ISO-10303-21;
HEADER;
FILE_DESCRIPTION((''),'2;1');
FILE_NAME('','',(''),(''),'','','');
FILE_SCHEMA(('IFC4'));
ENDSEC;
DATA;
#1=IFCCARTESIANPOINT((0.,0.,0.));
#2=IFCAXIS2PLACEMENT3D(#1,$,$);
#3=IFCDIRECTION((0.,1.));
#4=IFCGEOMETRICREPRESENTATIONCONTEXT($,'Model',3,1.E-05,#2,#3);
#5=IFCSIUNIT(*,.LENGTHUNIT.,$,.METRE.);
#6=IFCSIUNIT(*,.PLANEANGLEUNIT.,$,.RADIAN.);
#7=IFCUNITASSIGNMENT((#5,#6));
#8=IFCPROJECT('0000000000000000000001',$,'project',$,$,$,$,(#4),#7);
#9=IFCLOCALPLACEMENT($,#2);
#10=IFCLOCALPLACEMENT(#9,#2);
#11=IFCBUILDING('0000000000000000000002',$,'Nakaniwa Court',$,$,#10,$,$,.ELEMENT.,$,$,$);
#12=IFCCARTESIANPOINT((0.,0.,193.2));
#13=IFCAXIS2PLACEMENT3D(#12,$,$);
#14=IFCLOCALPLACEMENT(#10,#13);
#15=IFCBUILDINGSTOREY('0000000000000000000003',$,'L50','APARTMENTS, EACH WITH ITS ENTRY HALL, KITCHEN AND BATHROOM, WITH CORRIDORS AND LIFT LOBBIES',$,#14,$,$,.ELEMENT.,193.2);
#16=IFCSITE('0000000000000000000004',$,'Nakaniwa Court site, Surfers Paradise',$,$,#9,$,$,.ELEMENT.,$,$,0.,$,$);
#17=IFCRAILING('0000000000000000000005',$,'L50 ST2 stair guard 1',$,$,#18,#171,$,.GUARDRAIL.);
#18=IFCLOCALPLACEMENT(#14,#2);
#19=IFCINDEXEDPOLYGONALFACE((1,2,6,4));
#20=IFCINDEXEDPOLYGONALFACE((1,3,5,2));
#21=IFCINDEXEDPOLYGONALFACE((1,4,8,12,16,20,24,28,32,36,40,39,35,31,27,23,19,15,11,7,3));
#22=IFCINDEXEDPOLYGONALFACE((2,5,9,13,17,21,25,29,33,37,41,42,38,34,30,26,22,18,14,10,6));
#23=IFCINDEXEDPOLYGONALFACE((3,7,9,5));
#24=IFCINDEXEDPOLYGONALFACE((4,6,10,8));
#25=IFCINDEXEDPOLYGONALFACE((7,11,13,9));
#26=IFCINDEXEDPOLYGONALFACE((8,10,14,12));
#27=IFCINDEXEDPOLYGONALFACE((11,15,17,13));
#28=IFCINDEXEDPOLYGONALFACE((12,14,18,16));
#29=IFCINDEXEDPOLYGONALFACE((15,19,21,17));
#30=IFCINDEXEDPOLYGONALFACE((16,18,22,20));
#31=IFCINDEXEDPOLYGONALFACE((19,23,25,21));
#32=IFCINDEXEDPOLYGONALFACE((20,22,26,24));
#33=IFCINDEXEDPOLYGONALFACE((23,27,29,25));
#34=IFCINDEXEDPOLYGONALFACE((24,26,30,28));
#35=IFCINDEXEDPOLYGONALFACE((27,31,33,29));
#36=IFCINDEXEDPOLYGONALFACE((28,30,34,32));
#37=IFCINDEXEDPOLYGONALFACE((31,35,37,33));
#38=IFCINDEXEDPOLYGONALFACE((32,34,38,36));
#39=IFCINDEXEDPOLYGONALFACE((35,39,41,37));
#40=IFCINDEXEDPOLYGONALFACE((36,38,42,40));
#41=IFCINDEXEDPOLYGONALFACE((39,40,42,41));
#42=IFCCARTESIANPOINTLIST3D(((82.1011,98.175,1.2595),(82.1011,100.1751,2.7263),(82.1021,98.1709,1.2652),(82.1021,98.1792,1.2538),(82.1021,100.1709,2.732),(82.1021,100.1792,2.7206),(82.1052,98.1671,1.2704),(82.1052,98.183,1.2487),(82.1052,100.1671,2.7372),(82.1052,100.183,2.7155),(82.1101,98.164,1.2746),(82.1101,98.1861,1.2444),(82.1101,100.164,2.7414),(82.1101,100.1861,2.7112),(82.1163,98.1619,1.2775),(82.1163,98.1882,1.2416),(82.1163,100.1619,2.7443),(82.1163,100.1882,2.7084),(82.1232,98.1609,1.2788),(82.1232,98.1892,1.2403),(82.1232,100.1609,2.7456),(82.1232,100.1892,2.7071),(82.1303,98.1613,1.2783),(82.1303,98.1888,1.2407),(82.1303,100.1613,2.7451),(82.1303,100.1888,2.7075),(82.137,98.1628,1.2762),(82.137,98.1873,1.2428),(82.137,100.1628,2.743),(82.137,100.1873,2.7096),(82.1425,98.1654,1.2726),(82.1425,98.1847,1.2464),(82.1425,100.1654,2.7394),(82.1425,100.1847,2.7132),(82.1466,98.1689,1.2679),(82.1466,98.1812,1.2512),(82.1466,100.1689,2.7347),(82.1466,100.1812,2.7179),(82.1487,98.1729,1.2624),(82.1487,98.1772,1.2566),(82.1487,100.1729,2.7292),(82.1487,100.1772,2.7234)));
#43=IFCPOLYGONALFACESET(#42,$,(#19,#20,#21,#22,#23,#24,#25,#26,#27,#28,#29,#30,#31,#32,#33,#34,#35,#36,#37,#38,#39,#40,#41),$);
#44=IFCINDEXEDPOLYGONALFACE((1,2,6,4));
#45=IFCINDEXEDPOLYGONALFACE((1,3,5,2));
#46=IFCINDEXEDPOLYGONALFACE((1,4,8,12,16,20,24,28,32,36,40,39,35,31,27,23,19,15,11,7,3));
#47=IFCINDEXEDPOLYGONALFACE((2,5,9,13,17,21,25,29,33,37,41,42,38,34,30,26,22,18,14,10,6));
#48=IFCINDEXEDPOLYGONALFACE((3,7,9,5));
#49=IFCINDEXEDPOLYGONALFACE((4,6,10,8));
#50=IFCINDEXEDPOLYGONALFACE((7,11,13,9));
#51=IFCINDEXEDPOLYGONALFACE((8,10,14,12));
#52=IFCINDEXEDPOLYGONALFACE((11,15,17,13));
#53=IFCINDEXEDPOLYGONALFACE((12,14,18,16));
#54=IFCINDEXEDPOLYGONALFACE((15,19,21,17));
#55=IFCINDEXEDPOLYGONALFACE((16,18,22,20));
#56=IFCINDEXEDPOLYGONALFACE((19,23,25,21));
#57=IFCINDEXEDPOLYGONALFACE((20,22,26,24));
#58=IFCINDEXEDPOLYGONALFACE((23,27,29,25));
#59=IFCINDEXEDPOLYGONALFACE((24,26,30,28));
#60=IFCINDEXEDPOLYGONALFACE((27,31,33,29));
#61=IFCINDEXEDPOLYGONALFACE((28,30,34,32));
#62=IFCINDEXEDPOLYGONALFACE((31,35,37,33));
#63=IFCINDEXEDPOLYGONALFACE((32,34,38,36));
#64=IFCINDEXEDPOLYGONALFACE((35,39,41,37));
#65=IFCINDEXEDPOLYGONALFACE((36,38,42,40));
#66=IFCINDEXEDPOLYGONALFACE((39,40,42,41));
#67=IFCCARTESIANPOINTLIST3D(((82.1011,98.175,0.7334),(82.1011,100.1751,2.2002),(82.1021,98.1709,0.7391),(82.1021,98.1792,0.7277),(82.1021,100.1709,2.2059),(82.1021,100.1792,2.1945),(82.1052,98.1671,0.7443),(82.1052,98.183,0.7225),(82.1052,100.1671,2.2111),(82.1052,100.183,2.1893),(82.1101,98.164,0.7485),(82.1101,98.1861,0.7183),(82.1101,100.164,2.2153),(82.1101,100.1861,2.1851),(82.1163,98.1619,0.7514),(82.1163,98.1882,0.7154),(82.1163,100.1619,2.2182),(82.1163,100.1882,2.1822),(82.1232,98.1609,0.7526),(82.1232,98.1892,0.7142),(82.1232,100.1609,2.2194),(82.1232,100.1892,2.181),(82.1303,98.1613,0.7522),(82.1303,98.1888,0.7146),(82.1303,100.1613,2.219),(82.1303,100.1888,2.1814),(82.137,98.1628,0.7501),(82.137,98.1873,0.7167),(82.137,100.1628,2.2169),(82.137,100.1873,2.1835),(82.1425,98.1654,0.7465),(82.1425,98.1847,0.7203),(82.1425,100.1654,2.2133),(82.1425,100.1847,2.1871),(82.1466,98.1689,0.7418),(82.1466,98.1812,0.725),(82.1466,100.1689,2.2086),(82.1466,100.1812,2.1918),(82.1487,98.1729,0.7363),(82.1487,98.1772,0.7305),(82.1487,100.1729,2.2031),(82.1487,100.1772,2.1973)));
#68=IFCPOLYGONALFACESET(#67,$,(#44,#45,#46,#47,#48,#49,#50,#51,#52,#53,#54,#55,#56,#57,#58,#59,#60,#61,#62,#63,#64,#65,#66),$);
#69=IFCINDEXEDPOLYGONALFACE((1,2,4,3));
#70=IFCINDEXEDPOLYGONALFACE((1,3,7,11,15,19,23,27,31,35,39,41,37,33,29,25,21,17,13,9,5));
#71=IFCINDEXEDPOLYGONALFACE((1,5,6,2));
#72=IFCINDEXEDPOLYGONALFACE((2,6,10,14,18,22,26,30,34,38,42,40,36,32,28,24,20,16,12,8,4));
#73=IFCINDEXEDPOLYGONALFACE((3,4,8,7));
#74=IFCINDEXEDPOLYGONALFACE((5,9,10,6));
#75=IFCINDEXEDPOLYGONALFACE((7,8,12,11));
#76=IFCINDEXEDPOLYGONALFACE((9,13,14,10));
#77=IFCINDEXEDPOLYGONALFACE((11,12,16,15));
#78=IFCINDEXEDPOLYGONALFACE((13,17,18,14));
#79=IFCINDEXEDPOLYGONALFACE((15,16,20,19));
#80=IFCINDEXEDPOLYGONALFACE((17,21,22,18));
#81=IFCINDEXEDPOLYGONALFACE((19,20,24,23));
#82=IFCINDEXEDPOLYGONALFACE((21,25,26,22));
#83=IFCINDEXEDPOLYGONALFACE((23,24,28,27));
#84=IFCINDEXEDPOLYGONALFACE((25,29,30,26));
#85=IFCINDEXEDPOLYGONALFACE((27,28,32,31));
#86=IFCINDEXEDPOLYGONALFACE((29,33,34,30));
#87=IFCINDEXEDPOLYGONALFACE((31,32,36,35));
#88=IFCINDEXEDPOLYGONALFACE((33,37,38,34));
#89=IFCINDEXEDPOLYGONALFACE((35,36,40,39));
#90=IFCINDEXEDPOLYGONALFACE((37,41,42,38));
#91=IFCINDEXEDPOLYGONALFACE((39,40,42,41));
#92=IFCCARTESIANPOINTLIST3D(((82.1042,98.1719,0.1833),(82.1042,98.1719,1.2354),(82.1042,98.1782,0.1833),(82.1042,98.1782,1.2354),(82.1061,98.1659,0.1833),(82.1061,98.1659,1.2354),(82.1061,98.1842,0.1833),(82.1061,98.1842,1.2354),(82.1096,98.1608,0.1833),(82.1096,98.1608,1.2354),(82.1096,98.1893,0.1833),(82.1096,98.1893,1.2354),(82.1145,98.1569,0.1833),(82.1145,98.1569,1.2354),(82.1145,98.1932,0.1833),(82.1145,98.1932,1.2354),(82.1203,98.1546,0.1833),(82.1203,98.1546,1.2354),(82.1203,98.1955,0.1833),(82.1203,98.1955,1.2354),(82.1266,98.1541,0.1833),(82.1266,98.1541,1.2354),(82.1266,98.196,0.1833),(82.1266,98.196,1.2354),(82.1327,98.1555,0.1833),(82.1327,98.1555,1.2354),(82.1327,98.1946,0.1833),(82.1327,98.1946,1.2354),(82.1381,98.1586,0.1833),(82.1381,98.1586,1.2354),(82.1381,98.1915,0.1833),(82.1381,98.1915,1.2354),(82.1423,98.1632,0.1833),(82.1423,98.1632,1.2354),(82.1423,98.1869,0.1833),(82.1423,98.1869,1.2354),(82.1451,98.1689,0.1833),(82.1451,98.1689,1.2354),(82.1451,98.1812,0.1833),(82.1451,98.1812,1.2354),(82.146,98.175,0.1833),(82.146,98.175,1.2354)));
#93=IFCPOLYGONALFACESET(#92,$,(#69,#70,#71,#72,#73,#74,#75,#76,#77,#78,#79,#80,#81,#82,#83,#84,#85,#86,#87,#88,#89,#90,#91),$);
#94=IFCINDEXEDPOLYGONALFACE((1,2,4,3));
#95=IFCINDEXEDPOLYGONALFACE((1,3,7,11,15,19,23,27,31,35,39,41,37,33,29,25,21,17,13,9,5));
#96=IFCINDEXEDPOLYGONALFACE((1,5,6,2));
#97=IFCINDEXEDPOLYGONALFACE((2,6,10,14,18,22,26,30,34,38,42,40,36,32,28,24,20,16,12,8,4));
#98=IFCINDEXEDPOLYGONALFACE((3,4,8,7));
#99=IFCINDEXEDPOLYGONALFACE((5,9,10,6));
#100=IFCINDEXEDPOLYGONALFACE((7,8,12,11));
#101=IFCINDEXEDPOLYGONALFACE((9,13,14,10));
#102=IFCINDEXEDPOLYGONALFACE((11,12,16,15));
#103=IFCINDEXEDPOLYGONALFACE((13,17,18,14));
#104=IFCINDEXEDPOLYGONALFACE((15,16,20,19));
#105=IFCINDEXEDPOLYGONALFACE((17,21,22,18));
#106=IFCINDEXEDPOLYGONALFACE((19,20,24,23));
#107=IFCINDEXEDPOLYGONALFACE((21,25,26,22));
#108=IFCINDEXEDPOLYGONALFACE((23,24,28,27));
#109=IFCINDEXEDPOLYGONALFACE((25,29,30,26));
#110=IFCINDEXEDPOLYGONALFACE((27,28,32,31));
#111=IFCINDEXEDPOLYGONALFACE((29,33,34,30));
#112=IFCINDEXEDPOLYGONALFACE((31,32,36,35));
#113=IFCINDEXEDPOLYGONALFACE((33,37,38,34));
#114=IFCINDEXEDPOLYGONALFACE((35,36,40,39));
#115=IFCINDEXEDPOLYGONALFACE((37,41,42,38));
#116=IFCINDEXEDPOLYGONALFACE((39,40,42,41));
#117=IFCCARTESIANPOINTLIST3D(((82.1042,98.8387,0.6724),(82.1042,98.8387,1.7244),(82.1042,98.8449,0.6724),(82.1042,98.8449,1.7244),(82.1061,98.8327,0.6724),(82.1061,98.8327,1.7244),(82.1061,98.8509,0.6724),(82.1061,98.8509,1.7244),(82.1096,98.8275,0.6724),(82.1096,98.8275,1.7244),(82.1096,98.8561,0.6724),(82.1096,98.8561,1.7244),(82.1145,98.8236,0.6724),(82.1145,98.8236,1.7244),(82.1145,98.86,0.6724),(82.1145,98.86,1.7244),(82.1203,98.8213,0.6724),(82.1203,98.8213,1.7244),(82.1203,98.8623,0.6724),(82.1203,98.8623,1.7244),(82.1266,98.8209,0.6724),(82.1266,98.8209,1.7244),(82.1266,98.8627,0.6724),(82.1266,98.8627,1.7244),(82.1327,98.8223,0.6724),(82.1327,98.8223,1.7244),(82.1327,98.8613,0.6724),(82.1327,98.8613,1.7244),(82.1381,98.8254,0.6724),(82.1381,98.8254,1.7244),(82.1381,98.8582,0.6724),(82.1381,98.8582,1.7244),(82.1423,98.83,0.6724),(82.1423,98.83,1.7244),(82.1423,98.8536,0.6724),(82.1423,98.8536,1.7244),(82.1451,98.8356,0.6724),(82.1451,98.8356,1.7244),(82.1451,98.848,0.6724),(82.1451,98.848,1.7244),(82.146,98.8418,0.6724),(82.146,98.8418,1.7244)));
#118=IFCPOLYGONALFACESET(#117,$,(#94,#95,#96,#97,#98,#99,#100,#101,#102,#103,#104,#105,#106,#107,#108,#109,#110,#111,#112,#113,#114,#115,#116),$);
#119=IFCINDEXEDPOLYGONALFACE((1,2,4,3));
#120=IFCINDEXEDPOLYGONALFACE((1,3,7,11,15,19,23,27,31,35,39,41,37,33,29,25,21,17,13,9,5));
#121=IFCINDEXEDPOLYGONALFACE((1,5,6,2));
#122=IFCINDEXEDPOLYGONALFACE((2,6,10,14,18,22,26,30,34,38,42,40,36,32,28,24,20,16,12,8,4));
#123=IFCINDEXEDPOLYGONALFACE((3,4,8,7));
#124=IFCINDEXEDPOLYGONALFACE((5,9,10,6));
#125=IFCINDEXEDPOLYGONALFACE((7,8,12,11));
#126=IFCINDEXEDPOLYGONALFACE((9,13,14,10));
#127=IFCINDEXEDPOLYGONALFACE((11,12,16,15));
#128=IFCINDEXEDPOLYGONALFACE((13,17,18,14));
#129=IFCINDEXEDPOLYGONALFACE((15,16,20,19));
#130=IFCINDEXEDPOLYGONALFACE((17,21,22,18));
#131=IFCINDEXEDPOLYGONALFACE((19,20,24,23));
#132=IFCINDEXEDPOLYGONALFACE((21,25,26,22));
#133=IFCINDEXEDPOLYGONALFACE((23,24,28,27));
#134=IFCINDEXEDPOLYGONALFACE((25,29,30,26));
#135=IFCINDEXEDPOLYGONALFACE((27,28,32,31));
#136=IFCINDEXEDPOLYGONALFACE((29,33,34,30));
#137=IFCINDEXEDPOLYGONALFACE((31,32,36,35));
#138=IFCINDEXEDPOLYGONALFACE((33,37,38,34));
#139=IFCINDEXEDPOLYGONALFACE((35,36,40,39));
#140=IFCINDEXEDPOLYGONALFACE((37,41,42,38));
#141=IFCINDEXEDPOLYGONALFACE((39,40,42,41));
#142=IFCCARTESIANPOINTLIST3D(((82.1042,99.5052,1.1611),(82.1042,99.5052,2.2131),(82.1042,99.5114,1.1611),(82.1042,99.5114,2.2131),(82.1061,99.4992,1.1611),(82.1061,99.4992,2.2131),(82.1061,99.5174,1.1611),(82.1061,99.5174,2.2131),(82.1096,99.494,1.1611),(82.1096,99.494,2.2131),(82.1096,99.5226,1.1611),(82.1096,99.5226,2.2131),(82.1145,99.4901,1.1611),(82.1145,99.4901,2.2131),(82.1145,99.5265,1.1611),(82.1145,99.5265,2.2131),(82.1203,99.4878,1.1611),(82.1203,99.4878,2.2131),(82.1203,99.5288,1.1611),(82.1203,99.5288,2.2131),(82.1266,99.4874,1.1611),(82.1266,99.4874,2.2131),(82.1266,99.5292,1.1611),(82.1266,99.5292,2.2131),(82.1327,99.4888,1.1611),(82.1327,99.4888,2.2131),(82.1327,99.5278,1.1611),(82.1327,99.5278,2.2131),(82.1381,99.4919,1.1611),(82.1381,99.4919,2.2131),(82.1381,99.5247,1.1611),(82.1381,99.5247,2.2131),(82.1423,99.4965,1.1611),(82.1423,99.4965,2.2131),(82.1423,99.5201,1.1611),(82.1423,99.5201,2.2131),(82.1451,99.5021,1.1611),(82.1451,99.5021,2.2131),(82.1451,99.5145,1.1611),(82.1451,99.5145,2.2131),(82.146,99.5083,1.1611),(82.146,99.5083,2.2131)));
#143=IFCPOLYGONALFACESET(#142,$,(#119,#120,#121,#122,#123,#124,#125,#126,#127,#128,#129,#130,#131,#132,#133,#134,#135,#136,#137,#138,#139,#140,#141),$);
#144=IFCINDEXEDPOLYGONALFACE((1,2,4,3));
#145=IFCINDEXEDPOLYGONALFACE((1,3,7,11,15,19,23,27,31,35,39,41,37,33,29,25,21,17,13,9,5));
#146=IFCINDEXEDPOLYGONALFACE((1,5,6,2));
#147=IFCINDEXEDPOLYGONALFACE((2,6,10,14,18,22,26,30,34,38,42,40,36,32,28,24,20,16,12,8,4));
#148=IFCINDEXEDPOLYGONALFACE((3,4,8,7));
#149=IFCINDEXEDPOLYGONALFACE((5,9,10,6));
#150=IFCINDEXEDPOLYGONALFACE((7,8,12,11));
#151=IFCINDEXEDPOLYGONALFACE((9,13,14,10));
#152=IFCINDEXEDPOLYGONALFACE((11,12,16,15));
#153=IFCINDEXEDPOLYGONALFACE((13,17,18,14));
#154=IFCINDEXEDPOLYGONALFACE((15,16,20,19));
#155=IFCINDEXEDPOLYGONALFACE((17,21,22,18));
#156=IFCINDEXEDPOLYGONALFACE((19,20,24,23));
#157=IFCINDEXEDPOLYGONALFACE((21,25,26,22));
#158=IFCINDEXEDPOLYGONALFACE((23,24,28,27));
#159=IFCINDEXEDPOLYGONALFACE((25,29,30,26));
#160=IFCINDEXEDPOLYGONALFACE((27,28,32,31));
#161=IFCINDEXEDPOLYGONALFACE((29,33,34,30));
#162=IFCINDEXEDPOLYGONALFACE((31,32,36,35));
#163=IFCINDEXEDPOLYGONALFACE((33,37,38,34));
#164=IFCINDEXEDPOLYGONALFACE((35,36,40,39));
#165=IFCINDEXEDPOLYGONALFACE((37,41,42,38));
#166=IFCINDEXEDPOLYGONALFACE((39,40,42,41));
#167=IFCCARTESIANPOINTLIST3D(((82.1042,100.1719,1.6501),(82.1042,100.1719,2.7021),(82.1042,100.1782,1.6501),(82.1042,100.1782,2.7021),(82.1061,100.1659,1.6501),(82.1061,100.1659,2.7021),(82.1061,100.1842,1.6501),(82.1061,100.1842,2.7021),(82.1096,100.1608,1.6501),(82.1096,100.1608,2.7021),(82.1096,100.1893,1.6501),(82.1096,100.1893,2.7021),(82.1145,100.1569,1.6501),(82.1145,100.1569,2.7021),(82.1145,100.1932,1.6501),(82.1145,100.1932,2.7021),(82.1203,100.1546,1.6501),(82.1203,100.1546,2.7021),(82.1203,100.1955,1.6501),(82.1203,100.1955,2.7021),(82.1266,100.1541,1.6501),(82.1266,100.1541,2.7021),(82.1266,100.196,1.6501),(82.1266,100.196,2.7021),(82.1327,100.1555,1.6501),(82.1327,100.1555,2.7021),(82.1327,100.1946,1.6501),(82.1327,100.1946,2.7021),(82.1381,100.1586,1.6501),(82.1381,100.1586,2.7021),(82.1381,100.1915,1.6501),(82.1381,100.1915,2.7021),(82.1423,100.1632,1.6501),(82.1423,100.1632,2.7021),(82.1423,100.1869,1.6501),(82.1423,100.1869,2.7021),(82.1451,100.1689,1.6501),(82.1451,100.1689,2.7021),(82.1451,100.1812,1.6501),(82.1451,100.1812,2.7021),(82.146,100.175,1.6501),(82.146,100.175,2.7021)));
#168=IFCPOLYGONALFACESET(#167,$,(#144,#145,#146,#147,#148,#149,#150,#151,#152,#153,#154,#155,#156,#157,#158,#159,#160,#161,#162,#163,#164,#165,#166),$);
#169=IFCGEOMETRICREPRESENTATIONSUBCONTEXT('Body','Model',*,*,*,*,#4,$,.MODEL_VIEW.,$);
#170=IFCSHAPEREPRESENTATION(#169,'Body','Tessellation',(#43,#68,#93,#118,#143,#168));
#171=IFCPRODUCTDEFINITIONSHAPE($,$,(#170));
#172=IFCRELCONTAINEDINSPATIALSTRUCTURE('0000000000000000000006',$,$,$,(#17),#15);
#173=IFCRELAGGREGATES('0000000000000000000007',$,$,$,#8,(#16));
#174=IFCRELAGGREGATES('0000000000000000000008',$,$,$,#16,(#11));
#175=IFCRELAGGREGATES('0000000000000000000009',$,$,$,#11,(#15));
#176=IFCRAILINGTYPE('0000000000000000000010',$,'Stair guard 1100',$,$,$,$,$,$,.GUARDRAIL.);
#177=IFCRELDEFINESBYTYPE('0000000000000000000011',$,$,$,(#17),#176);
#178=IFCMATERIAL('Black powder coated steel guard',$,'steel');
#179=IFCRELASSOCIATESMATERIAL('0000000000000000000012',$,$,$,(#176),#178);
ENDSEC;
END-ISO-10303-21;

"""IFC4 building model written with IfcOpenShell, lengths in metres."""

from ifc_helpers import new_model, si_unit, direction, frame, origin, origin_2d, place, context, subcontext, project, spatial, circle, extrude, material, type_object, element, save


model = new_model("IFC4")

# Units and contexts
model_context = context("Model", 3, precision=1e-05, world=origin(), true_north=direction((0.0, 1.0)))
body_context = subcontext(model_context, "Body", "Model", "MODEL_VIEW")
ifc_project = project(units=[si_unit("LENGTHUNIT", "METRE"), si_unit("PLANEANGLEUNIT", "RADIAN")], contexts=[model_context])

# Site, building, storey
site_placement = place(None, origin())
site = spatial("IfcSite", under=ifc_project, at=site_placement, Name="Nakaniwa Court site, Surfers Paradise", CompositionType="ELEMENT", RefElevation=0.0)
building_placement = place(site_placement, origin())
building = spatial("IfcBuilding", under=site, at=building_placement, Name="Nakaniwa Court", CompositionType="ELEMENT")
storey_placement = place(building_placement, frame((0.0, 0.0, 193.2)))
storey = spatial("IfcBuildingStorey", under=building, at=storey_placement, Name="L50", Description="APARTMENTS, EACH WITH ITS ENTRY HALL, KITCHEN AND BATHROOM, WITH CORRIDORS AND LIFT LOBBIES", CompositionType="ELEMENT", Elevation=193.2)

# Railing
ifc_material_1 = material(Name="Black powder coated steel guard", Category="steel")
railing_type_1 = type_object("IfcRailingType", Name="Stair guard 1100", PredefinedType="GUARDRAIL", material=ifc_material_1)
railing_1_placement = place(storey_placement, frame((82.125, 98.175, 0.1833)))
element("IfcRailing", 1, at=railing_1_placement, inside=storey, type_object=railing_type_1, Name="L50 ST2 stair guard 1", PredefinedType="GUARDRAIL", context=body_context, shape_type="SweptSolid", body=[
    extrude(circle(Radius=0.0239, at=origin_2d()), frame((0.0, 0.0, 1.0762), z_axis=(0.0, 0.80638, 0.591398), x_axis=(-1.0, 0.0, 0.0)), (0.0, 0.0, 1.0), 2.4802),
    extrude(circle(Radius=0.0239, at=origin_2d()), frame((0.0, 0.0, 0.55), z_axis=(0.0, 0.80638, 0.591398), x_axis=(-1.0, 0.0, 0.0)), (0.0, 0.0, 1.0), 2.4802),
    extrude(circle(Radius=0.021, at=origin_2d()), origin(), (0.0, 0.0, 1.0), 1.052),
    extrude(circle(Radius=0.021, at=origin_2d()), frame((0.0, 0.6667, 0.489)), (0.0, 0.0, 1.0), 1.052),
    extrude(circle(Radius=0.021, at=origin_2d()), frame((0.0, 1.3333, 0.9778)), (0.0, 0.0, 1.0), 1.052),
    extrude(circle(Radius=0.021, at=origin_2d()), frame((0.0, 2.0, 1.4668)), (0.0, 0.0, 1.0), 1.052),
])

save(model, "model.ifc")
